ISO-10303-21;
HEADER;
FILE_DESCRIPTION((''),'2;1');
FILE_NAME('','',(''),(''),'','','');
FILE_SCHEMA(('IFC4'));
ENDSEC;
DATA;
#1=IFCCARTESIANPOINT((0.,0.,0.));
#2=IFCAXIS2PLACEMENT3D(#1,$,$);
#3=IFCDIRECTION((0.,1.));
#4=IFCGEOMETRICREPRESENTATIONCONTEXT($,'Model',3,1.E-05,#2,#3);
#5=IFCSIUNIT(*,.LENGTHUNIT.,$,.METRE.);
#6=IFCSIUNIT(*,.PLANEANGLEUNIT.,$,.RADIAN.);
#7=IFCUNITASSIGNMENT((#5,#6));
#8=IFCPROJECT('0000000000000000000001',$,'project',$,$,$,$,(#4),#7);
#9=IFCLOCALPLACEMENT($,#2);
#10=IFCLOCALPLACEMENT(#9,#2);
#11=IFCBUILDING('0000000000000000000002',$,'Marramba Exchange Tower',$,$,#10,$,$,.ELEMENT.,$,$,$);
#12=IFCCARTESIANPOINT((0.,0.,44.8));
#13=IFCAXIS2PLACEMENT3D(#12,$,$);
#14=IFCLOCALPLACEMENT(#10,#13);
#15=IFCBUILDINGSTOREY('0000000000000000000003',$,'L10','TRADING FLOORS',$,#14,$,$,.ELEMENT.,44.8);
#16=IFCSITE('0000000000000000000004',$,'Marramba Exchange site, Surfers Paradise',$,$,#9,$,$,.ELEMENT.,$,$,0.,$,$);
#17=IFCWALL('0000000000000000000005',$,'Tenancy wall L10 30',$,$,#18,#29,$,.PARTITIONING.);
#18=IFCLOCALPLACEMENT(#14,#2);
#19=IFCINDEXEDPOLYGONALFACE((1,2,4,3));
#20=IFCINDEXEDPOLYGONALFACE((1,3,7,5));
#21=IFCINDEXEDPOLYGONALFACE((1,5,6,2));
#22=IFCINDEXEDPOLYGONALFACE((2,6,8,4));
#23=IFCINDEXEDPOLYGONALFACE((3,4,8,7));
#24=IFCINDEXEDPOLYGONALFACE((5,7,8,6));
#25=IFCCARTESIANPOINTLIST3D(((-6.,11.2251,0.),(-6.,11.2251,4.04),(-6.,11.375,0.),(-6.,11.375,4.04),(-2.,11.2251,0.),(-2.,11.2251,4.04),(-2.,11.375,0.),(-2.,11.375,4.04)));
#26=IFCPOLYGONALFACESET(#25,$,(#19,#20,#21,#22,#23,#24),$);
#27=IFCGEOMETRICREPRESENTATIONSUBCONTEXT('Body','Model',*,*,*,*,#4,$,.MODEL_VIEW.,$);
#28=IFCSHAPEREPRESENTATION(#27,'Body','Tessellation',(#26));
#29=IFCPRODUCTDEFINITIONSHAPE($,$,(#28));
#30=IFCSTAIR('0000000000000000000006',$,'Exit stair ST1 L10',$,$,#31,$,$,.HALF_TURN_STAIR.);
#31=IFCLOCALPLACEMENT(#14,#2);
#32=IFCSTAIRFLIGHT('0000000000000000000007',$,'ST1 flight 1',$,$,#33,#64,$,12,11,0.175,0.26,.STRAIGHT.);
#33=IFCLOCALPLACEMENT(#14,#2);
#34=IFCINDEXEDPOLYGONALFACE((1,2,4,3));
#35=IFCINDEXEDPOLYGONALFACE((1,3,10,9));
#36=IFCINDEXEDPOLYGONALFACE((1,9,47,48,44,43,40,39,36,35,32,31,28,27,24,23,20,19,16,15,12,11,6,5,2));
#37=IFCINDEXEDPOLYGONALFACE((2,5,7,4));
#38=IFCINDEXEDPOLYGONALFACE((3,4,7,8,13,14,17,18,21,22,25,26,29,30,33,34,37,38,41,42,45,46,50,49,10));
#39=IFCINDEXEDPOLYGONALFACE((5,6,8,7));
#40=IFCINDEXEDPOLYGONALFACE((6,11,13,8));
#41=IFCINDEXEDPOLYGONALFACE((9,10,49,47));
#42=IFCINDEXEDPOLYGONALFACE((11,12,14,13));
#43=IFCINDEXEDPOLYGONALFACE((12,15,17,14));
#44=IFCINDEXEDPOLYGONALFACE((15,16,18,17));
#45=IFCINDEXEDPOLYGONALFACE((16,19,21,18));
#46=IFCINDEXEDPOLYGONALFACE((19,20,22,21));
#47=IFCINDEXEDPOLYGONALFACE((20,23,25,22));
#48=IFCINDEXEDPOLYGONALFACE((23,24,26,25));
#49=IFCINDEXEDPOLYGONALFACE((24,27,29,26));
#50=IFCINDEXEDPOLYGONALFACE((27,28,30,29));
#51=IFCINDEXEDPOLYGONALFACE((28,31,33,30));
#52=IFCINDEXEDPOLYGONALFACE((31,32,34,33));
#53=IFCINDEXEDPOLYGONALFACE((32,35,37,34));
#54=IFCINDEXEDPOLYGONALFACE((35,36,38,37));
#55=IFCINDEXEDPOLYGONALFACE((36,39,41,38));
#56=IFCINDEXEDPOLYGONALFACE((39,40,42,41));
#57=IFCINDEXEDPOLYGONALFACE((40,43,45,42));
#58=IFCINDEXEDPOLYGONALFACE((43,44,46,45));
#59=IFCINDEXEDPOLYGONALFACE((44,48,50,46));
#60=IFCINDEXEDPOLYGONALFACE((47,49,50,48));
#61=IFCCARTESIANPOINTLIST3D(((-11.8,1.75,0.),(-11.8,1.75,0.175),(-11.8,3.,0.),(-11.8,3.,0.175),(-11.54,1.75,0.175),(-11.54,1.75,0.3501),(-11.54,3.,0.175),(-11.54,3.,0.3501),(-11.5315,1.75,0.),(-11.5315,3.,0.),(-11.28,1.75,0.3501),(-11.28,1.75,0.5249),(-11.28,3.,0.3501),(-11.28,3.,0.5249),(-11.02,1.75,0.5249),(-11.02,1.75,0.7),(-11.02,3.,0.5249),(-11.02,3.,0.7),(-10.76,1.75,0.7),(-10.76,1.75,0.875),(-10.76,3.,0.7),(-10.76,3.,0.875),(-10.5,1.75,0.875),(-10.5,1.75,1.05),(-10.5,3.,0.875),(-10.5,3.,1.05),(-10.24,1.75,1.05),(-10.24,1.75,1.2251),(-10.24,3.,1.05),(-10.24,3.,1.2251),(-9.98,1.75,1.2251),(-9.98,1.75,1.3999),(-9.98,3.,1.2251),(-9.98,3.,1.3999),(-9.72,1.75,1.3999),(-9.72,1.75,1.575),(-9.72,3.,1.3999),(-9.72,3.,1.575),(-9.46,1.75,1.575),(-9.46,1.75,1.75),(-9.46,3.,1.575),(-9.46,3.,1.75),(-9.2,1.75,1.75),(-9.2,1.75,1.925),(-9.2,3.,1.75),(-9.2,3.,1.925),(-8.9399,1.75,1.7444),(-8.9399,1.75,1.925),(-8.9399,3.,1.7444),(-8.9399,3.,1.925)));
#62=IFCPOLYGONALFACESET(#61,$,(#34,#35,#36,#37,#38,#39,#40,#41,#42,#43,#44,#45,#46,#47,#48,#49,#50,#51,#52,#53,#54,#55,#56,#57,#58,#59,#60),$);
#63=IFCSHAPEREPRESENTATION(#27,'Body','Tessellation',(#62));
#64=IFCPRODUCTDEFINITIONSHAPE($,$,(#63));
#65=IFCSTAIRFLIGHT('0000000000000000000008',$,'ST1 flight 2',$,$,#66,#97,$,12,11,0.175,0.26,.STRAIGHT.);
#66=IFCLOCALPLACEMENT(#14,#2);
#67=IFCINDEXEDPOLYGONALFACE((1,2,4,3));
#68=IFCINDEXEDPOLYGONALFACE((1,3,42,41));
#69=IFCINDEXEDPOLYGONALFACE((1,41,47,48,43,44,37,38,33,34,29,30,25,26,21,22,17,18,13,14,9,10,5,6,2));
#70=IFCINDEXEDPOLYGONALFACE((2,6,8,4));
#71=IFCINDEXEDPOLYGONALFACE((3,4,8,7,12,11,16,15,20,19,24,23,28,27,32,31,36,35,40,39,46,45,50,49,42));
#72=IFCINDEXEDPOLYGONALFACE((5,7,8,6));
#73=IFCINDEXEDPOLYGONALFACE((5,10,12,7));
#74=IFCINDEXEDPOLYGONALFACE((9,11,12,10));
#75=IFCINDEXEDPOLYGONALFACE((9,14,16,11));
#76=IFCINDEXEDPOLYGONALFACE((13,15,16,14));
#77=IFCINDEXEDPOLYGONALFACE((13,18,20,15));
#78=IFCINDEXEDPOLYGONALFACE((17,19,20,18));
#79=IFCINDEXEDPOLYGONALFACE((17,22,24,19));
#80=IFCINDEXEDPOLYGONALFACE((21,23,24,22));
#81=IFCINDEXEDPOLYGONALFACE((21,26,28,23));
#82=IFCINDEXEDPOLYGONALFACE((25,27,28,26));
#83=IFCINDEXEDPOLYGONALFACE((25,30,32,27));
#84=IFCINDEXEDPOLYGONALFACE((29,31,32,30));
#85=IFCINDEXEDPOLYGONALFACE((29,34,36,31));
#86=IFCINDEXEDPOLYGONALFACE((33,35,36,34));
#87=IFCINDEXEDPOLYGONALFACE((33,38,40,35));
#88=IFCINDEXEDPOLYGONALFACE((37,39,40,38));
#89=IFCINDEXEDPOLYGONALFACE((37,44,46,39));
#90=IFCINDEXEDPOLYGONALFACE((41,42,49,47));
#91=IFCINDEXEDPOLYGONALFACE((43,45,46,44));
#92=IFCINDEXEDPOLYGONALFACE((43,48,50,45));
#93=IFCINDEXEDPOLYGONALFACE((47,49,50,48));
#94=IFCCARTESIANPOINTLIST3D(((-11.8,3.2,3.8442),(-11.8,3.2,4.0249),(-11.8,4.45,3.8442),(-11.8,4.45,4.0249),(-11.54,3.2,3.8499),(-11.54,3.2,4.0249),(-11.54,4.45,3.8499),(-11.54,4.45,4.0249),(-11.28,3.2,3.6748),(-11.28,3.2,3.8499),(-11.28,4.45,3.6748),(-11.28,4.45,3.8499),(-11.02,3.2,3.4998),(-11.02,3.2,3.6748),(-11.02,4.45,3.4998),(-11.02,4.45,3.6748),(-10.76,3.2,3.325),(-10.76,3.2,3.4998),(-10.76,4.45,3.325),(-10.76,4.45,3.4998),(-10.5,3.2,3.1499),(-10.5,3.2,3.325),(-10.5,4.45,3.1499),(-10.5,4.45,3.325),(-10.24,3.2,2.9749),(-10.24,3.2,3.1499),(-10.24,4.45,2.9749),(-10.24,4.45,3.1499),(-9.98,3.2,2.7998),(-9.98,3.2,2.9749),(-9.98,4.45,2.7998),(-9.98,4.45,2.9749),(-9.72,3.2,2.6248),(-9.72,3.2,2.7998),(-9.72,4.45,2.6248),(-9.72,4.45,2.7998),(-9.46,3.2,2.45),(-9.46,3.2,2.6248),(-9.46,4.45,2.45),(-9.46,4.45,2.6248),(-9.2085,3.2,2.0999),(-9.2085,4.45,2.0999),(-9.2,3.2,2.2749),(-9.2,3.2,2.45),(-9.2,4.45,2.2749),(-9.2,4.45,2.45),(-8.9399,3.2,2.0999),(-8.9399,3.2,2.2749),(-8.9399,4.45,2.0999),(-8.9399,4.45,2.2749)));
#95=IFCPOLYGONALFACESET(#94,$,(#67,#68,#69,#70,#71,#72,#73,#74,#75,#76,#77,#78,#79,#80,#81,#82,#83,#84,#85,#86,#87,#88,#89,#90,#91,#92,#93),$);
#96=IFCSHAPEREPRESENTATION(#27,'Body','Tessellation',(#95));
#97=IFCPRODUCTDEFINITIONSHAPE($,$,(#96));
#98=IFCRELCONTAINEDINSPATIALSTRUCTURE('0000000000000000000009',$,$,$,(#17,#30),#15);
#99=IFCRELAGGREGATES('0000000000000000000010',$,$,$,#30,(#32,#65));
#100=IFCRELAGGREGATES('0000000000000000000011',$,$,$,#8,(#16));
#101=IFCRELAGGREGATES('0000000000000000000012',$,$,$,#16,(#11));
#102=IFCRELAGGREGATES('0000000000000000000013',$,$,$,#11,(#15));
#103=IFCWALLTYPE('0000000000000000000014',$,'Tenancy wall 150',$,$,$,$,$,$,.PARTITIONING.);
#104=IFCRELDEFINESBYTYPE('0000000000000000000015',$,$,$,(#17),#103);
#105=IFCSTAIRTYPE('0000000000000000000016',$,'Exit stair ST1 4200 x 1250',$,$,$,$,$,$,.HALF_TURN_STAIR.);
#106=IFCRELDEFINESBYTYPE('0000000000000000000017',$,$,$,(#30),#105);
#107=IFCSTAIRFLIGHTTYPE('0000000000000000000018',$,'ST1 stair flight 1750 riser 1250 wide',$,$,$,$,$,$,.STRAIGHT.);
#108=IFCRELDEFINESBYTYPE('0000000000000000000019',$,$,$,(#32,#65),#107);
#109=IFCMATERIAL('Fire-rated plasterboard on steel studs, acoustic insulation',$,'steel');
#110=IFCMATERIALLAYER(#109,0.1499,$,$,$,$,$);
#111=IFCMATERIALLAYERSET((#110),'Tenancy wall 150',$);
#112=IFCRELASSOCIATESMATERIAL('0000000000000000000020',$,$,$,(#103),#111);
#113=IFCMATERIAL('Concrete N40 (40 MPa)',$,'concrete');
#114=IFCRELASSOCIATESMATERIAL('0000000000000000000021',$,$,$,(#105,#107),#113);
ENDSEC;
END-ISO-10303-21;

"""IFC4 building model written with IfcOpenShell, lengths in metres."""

from ifc_helpers import new_model, si_unit, direction, frame, frame_2d, origin, place, context, subcontext, project, spatial, polyline, rectangle, outline, extrude, material, layer, layer_set, type_object, element, aggregate, save


model = new_model("IFC4")

# Units and contexts
model_context = context("Model", 3, precision=1e-05, world=origin(), true_north=direction((0.0, 1.0)))
body_context = subcontext(model_context, "Body", "Model", "MODEL_VIEW")
ifc_project = project(units=[si_unit("LENGTHUNIT", "METRE"), si_unit("PLANEANGLEUNIT", "RADIAN")], contexts=[model_context])

# Site, building, storey
site_placement = place(None, origin())
site = spatial("IfcSite", under=ifc_project, at=site_placement, Name="Marramba Exchange site, Surfers Paradise", CompositionType="ELEMENT", RefElevation=0.0)
building_placement = place(site_placement, origin())
building = spatial("IfcBuilding", under=site, at=building_placement, Name="Marramba Exchange Tower", CompositionType="ELEMENT")
storey_placement = place(building_placement, frame((0.0, 0.0, 44.8)))
storey = spatial("IfcBuildingStorey", under=building, at=storey_placement, Name="L10", Description="TRADING FLOORS", CompositionType="ELEMENT", Elevation=44.8)

# Wall
ifc_material_1 = material(Name="Fire-rated plasterboard on steel studs, acoustic insulation", Category="steel")
ifc_layer_1 = layer(ifc_material_1, 0.1499)
ifc_layer_set_1 = layer_set([ifc_layer_1], Name="Tenancy wall 150")
wall_type_1 = type_object("IfcWallType", Name="Tenancy wall 150", PredefinedType="PARTITIONING", material=ifc_layer_set_1)
wall_1_placement = place(storey_placement, frame((-2.0, 11.3, 0.0), z_axis=(0.0, 0.0, 1.0), x_axis=(-1.0, 0.0, 0.0)))
element("IfcWall", 1, at=wall_1_placement, inside=storey, type_object=wall_type_1, Name="Tenancy wall L10 30", PredefinedType="PARTITIONING", context=body_context, shape_type="SweptSolid", body=[
    extrude(rectangle(XDim=4.0, YDim=0.1499, at=frame_2d((2.0, 0.0))), origin(), (0.0, 0.0, 1.0), 4.04),
])

# Stair, stair flights
ifc_material_2 = material(Name="Concrete N40 (40 MPa)", Category="concrete")
stair_type = type_object("IfcStairType", Name="Exit stair ST1 4200 x 1250", PredefinedType="HALF_TURN_STAIR", material=ifc_material_2)
stair_placement = place(storey_placement, origin())
stair = element("IfcStair", 2, at=stair_placement, inside=storey, type_object=stair_type, Name="Exit stair ST1 L10", PredefinedType="HALF_TURN_STAIR")
stair_flight_type = type_object("IfcStairFlightType", Name="ST1 stair flight 1750 riser 1250 wide", PredefinedType="STRAIGHT", material=ifc_material_2)
stair_flight_1_placement = place(storey_placement, frame((-11.8, 2.375, 0.0), z_axis=(0.0, 0.0, 1.0), x_axis=(1.0, 0.0, 0.0)))
stair_flight_1 = element("IfcStairFlight", 3, at=stair_flight_1_placement, type_object=stair_flight_type, Name="ST1 flight 1", NumberOfRisers=12, NumberOfTreads=11, PredefinedType="STRAIGHT", RiserHeight=0.175, TreadLength=0.26, context=body_context, shape_type="SweptSolid", body=[
    extrude(outline(polyline([(0.0, 0.0), (0.0, 0.175), (0.26, 0.175), (0.26, 0.3501), (0.52, 0.3501), (0.52, 0.5249), (0.78, 0.5249), (0.78, 0.7), (1.04, 0.7), (1.04, 0.875), (1.3, 0.875), (1.3, 1.05), (1.5601, 1.05), (1.5601, 1.2251), (1.8201, 1.2251), (1.8201, 1.3999), (2.0801, 1.3999), (2.0801, 1.575), (2.3401, 1.575), (2.3401, 1.75), (2.6001, 1.75), (2.6001, 1.925), (2.8601, 1.925), (2.8601, 2.1001), (2.8601, 1.7444), (0.2686, 0.0), (0.0, 0.0)])), frame((0.0, 0.625, 0.0), z_axis=(0.0, -1.0, 0.0), x_axis=(1.0, 0.0, 0.0)), (0.0, 0.0, 1.0), 1.25),
])
stair_flight_2_placement = place(storey_placement, frame((-8.9399, 3.825, 2.0999), z_axis=(0.0, 0.0, 1.0), x_axis=(-1.0, 0.0, 0.0)))
stair_flight_2 = element("IfcStairFlight", 4, at=stair_flight_2_placement, type_object=stair_flight_type, Name="ST1 flight 2", NumberOfRisers=12, NumberOfTreads=11, PredefinedType="STRAIGHT", RiserHeight=0.175, TreadLength=0.26, context=body_context, shape_type="SweptSolid", body=[
    extrude(outline(polyline([(0.0, 0.0), (0.0, 0.175), (0.26, 0.175), (0.26, 0.3501), (0.52, 0.3501), (0.52, 0.5249), (0.78, 0.5249), (0.78, 0.7), (1.04, 0.7), (1.04, 0.875), (1.3, 0.875), (1.3, 1.05), (1.5601, 1.05), (1.5601, 1.2251), (1.8201, 1.2251), (1.8201, 1.3999), (2.0801, 1.3999), (2.0801, 1.575), (2.3401, 1.575), (2.3401, 1.75), (2.6001, 1.75), (2.6001, 1.925), (2.8601, 1.925), (2.8601, 2.1001), (2.8601, 1.7444), (0.2686, 0.0), (0.0, 0.0)])), frame((0.0, 0.625, 0.0), z_axis=(0.0, -1.0, 0.0), x_axis=(1.0, 0.0, 0.0)), (0.0, 0.0, 1.0), 1.25),
])
aggregate(stair, [stair_flight_1, stair_flight_2])

save(model, "model.ifc")
